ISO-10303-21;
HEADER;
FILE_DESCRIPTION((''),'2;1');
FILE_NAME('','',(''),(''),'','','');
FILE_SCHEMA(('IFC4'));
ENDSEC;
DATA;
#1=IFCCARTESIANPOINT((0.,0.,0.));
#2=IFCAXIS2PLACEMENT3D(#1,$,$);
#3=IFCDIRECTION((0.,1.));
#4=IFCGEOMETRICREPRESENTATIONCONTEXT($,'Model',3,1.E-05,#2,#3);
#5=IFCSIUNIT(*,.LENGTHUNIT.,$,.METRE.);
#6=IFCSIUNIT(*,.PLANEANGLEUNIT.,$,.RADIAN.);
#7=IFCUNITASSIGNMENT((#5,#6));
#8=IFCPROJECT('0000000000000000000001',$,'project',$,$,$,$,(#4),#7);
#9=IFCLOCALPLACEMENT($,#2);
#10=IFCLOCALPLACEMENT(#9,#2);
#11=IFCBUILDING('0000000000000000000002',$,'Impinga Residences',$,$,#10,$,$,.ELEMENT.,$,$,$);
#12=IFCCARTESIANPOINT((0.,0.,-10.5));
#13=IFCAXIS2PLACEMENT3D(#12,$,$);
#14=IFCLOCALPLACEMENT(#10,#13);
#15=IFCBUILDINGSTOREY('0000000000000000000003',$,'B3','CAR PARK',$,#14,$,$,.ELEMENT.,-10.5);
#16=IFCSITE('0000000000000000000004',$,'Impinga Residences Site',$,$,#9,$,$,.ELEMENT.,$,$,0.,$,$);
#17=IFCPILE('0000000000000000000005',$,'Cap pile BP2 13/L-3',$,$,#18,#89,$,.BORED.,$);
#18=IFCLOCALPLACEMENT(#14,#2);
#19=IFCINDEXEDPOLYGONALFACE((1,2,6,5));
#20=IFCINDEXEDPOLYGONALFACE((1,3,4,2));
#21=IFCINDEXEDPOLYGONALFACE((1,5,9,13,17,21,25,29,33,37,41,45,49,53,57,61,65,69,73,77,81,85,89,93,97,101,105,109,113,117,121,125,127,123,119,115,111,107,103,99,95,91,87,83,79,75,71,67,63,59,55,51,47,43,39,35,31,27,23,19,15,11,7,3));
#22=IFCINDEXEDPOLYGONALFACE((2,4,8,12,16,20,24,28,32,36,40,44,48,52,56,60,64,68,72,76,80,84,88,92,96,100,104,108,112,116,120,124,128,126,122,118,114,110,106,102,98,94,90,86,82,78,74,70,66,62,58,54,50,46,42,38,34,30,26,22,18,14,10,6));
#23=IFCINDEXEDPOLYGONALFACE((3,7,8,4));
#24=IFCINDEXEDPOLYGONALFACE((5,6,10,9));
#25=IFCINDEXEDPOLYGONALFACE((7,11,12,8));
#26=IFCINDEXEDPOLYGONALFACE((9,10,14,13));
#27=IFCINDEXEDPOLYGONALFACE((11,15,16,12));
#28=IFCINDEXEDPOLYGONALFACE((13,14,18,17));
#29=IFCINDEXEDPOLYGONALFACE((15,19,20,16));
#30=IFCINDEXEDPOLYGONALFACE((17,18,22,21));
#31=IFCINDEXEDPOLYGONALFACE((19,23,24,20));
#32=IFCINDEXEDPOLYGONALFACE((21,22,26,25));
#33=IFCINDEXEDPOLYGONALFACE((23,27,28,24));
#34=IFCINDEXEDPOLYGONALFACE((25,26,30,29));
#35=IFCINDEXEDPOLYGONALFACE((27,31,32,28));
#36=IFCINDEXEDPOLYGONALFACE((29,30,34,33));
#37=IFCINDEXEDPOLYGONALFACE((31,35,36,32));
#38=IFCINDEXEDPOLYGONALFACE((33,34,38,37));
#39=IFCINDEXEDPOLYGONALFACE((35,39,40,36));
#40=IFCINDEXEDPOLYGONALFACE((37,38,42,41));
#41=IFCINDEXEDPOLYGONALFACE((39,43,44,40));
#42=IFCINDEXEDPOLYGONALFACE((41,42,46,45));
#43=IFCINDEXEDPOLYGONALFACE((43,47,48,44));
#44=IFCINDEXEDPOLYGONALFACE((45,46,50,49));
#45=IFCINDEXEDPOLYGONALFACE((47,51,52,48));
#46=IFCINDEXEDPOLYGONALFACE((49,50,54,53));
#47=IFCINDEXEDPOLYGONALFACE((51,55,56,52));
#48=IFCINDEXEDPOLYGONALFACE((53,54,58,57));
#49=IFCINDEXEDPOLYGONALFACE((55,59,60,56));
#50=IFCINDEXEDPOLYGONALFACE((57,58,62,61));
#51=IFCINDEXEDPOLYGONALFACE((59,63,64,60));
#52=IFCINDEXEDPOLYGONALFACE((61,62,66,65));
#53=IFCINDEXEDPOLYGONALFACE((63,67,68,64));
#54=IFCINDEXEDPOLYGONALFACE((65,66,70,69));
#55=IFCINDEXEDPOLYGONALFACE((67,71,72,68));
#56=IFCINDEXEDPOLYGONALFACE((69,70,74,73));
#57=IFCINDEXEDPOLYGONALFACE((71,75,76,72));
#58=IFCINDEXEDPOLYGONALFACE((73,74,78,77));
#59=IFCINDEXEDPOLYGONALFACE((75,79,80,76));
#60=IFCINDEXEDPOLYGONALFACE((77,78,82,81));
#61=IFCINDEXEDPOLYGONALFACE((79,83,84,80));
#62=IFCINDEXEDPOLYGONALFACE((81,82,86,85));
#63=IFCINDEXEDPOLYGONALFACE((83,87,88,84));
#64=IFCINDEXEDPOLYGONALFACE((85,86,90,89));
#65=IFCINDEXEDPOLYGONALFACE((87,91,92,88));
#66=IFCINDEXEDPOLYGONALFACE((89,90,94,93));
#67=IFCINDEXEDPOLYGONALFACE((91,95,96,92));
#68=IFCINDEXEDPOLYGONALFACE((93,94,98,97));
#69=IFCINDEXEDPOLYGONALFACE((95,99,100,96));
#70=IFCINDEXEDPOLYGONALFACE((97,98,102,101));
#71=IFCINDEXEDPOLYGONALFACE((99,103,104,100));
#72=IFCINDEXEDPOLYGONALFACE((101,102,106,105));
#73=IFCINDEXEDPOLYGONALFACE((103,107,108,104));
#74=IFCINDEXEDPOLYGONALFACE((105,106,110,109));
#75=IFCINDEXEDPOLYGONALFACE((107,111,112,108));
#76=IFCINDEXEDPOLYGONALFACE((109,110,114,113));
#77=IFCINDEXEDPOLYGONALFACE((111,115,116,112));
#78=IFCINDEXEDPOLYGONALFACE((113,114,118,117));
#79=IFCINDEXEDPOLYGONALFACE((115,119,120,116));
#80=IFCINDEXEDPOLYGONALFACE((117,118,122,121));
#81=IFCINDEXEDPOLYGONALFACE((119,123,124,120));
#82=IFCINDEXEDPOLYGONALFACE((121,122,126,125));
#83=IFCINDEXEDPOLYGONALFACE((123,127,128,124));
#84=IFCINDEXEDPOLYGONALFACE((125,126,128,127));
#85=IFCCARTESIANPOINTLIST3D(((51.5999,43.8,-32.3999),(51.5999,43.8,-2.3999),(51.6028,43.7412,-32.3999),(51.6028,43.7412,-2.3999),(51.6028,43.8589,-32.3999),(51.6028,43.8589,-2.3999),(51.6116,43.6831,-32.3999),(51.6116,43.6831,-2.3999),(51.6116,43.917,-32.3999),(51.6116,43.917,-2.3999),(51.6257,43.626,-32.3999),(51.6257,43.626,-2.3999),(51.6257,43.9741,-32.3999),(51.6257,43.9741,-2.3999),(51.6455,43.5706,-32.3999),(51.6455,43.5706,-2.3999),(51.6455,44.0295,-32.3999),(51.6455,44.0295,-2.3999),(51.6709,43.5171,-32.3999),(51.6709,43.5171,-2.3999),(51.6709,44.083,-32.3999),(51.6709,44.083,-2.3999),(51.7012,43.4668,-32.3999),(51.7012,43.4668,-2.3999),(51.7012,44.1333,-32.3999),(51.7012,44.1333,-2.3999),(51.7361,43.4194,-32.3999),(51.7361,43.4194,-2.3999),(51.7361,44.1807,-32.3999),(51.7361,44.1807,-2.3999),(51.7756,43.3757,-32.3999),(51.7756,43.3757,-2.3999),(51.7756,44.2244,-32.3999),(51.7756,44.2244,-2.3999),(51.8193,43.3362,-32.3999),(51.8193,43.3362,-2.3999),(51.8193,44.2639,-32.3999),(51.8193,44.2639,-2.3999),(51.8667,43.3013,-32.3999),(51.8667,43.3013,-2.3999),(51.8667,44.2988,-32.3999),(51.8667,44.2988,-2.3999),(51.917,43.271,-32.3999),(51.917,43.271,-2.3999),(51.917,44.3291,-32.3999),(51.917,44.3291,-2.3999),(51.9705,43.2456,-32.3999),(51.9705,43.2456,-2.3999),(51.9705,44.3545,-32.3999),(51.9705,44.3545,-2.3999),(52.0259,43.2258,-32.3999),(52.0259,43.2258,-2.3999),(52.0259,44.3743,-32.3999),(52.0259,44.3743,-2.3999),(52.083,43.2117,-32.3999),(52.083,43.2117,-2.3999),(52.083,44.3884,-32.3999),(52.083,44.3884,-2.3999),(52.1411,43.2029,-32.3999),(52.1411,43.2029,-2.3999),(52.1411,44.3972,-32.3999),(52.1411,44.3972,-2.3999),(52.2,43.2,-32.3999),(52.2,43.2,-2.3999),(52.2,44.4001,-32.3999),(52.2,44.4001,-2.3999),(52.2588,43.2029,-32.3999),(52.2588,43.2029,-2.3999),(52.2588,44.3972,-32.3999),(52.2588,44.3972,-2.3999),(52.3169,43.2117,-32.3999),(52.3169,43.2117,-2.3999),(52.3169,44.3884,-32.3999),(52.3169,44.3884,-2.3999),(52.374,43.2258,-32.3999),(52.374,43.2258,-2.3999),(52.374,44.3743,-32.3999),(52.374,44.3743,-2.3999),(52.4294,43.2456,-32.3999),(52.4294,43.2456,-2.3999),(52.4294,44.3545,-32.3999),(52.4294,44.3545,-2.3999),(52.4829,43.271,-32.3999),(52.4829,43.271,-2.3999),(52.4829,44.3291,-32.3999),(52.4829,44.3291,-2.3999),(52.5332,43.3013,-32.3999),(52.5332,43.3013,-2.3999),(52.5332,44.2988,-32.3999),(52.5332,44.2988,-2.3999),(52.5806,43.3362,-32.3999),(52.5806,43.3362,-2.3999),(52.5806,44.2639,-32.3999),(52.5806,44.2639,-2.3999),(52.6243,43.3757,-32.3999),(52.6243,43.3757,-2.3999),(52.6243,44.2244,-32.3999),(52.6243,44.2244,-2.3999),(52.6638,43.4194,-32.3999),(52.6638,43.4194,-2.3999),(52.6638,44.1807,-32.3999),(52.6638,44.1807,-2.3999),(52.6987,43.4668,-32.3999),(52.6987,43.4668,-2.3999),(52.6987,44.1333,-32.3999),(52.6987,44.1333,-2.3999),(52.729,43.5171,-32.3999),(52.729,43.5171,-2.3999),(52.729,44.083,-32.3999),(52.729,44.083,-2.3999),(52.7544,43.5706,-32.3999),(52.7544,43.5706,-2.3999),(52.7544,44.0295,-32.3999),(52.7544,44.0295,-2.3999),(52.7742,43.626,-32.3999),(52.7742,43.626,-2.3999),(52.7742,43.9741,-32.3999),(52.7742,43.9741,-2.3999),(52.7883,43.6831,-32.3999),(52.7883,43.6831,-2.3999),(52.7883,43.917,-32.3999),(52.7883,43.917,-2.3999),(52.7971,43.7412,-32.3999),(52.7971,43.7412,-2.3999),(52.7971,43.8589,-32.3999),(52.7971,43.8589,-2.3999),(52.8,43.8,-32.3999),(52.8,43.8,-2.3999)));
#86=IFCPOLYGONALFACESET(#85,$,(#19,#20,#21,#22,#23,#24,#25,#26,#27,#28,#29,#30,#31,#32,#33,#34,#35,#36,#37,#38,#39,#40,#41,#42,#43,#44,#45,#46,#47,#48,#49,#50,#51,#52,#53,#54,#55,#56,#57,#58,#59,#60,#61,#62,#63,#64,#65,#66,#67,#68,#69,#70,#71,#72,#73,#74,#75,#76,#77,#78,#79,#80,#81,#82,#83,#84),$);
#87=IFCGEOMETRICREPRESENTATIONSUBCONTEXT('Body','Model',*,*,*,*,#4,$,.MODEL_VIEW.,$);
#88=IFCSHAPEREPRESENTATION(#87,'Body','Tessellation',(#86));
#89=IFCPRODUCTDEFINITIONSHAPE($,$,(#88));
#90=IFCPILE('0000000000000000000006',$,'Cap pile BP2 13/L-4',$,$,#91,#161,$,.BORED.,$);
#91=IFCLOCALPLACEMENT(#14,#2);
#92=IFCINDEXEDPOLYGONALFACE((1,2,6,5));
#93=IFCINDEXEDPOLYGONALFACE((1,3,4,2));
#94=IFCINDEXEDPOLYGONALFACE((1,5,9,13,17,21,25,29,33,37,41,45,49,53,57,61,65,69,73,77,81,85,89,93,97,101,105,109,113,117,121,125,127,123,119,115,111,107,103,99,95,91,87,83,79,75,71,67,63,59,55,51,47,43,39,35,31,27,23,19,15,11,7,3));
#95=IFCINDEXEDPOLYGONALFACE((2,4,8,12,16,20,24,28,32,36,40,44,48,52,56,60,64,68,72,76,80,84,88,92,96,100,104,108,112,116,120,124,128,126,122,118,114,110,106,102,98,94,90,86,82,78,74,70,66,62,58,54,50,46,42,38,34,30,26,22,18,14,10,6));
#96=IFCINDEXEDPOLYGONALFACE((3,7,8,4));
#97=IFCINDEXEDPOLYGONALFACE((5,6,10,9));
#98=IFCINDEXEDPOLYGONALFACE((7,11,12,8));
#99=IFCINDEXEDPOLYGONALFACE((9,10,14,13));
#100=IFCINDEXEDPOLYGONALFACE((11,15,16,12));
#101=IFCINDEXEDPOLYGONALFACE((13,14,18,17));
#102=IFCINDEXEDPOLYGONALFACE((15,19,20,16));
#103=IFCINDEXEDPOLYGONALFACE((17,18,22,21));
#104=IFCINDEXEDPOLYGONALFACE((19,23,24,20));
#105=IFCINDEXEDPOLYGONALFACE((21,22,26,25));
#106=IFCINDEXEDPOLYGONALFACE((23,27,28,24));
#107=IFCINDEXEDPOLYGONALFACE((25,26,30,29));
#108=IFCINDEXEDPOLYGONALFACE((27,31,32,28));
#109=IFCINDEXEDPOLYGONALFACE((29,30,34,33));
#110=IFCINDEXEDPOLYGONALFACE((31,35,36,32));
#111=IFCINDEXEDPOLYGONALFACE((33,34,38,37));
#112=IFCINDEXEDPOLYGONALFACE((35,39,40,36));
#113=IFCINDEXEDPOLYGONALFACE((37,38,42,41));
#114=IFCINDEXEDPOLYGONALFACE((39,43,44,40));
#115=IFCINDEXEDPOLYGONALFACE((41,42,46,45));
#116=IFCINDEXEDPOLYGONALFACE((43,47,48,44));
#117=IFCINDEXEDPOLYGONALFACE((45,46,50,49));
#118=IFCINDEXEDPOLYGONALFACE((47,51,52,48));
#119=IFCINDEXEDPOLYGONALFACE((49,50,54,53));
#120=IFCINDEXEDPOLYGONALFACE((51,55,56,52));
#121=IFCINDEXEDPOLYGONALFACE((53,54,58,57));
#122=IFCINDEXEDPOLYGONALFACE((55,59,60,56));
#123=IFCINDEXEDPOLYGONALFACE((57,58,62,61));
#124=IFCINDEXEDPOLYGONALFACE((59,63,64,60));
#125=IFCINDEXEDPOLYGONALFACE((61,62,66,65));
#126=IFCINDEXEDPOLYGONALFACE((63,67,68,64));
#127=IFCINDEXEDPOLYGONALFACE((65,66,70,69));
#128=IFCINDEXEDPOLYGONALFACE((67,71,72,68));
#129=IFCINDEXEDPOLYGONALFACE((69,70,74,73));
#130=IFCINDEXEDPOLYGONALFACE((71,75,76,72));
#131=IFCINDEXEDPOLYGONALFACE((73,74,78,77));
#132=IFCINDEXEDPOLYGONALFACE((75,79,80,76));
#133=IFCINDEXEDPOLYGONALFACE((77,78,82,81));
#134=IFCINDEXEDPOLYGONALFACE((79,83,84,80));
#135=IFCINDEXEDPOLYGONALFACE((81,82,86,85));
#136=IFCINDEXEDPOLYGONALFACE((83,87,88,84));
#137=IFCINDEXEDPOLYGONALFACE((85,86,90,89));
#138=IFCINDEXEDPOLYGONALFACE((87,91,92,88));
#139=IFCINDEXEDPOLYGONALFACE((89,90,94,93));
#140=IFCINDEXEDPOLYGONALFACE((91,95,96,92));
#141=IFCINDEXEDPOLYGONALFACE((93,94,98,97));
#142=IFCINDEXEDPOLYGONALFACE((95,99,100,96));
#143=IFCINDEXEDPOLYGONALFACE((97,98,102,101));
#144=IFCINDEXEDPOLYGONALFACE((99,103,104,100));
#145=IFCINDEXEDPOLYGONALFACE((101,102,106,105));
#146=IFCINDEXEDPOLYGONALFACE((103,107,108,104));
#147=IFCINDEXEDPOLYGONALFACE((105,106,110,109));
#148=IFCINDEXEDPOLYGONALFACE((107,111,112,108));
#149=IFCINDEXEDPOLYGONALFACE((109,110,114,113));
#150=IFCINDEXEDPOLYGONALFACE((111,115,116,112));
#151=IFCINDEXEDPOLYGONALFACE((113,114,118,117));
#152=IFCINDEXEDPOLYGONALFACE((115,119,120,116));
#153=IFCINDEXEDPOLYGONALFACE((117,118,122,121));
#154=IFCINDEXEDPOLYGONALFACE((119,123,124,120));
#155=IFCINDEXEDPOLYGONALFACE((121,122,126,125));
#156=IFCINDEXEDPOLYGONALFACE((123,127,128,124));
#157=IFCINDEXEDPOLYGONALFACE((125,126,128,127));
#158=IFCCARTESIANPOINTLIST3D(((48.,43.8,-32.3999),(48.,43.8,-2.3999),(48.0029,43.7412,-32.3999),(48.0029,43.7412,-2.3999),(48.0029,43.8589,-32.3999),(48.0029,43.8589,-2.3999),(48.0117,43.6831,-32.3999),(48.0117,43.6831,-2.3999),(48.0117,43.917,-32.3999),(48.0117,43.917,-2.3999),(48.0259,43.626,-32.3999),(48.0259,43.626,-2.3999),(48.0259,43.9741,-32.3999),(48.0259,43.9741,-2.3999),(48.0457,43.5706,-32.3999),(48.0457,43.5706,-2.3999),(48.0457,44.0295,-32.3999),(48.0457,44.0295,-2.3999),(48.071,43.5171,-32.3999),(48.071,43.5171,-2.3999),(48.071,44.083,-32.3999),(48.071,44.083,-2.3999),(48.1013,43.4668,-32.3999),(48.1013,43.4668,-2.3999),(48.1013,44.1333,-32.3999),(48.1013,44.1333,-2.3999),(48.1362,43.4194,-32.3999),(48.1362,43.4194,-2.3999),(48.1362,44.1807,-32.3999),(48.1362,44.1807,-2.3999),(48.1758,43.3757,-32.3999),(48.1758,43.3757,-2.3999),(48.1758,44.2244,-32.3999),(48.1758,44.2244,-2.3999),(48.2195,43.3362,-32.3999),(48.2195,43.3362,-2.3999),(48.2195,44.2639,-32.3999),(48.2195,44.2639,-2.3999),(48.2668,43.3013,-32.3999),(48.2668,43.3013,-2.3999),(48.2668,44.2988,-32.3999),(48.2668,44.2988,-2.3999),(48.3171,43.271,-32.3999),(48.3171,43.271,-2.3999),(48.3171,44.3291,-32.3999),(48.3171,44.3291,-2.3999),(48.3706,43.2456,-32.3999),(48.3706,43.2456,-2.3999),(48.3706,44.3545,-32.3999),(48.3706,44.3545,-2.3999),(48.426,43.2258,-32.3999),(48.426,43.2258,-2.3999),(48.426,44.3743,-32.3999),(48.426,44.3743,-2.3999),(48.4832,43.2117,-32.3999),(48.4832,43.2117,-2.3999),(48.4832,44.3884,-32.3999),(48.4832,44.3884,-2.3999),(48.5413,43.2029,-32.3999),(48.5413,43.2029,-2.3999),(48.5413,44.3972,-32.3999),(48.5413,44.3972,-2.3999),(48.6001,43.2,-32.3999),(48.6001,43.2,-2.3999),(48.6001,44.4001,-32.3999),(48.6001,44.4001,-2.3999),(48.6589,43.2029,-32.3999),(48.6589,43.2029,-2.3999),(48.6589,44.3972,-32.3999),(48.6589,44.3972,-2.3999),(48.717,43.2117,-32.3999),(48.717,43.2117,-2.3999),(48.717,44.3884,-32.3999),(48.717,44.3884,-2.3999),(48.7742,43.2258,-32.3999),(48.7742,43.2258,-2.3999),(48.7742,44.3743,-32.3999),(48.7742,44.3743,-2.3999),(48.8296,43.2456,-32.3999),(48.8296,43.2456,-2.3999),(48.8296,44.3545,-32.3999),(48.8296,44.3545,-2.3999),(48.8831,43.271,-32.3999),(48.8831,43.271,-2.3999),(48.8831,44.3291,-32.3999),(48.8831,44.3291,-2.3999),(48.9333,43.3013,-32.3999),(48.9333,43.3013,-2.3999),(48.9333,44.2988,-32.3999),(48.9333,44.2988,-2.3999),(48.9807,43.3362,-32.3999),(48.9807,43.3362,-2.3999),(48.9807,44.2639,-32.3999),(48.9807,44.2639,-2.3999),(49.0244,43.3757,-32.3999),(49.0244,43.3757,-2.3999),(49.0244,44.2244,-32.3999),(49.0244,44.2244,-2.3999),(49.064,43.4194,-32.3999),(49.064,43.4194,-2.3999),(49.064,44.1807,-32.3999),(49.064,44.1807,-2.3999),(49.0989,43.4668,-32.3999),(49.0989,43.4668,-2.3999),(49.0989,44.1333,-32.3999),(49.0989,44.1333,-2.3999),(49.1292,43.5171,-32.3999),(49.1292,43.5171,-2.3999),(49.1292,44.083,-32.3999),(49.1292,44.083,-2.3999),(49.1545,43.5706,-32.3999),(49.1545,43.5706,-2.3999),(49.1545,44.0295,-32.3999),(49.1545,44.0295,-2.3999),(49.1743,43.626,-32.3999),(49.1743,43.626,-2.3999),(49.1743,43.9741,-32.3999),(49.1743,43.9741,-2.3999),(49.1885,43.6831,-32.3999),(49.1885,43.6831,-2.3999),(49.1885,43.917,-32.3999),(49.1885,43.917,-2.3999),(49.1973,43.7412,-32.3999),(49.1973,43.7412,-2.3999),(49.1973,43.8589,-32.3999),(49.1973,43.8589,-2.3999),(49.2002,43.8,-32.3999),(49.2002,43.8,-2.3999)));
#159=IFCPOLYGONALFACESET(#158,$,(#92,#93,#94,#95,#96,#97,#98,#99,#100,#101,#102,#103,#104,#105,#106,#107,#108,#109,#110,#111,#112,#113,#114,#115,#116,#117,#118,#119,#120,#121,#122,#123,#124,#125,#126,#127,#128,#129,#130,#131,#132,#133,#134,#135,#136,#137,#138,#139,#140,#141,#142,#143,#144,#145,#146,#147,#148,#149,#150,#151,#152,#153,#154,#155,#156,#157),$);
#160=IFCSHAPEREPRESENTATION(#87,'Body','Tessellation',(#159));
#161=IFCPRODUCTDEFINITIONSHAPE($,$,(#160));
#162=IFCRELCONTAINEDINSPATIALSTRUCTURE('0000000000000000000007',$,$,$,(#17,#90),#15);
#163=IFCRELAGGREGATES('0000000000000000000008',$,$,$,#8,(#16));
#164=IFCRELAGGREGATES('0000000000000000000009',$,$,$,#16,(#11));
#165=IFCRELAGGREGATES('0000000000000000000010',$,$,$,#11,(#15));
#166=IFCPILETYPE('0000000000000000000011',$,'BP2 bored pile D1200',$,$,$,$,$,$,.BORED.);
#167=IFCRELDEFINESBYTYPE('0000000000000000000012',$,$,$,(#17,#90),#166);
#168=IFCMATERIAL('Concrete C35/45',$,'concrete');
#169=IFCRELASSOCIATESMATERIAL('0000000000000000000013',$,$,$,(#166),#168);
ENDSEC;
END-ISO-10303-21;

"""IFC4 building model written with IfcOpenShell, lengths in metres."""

from ifc_helpers import new_model, si_unit, direction, frame, origin, origin_2d, place, context, subcontext, project, spatial, polyline, circle, outline, extrude, material, material_profile, profile_set, type_object, element, save


model = new_model("IFC4")

# Units and contexts
model_context = context("Model", 3, precision=1e-05, world=origin(), true_north=direction((0.0, 1.0)))
body_context = subcontext(model_context, "Body", "Model", "MODEL_VIEW")
ifc_project = project(units=[si_unit("LENGTHUNIT", "METRE"), si_unit("PLANEANGLEUNIT", "RADIAN")], contexts=[model_context])

# Site, building, storey
site_placement = place(None, origin())
site = spatial("IfcSite", under=ifc_project, at=site_placement, Name="Impinga Residences Site", CompositionType="ELEMENT", RefElevation=0.0)
building_placement = place(site_placement, origin())
building = spatial("IfcBuilding", under=site, at=building_placement, Name="Impinga Residences", CompositionType="ELEMENT")
storey_placement = place(building_placement, frame((0.0, 0.0, -10.5)))
storey = spatial("IfcBuildingStorey", under=building, at=storey_placement, Name="B3", Description="CAR PARK", CompositionType="ELEMENT", Elevation=-10.5)

# Piles
ifc_material_1 = material(Name="Concrete C35/45", Category="concrete")
ifc_material_profile_1 = material_profile(ifc_material_1, circle(Radius=0.6001, at=origin_2d()), Name="D1200")
ifc_profile_set_1 = profile_set([ifc_material_profile_1], Name="Concrete C35/45")
pile_type = type_object("IfcPileType", Name="BP2 bored pile D1200", PredefinedType="BORED", material=ifc_profile_set_1)
pile_1_placement = place(storey_placement, frame((52.2, 43.8, -2.3999), z_axis=(0.0, 0.0, -1.0), x_axis=(1.0, 0.0, 0.0)))
element("IfcPile", 1, at=pile_1_placement, inside=storey, type_object=pile_type, Name="Cap pile BP2 13/L-3", PredefinedType="BORED", context=body_context, shape_type="SweptSolid", body=[
    extrude(outline(polyline([(0.6001, 0.0), (0.5972, 0.0588), (0.5884, 0.1169), (0.5742, 0.1741), (0.5544, 0.2295), (0.5291, 0.283), (0.4988, 0.3333), (0.4639, 0.3806), (0.4243, 0.4243), (0.3806, 0.4639), (0.3333, 0.4988), (0.283, 0.5291), (0.2295, 0.5544), (0.1741, 0.5742), (0.1169, 0.5884), (0.0588, 0.5972), (0.0, 0.6001), (-0.0588, 0.5972), (-0.1169, 0.5884), (-0.1741, 0.5742), (-0.2295, 0.5544), (-0.283, 0.5291), (-0.3333, 0.4988), (-0.3806, 0.4639), (-0.4243, 0.4243), (-0.4639, 0.3806), (-0.4988, 0.3333), (-0.5291, 0.283), (-0.5544, 0.2295), (-0.5742, 0.1741), (-0.5884, 0.1169), (-0.5972, 0.0588), (-0.6001, 0.0), (-0.5972, -0.0588), (-0.5884, -0.1169), (-0.5742, -0.1741), (-0.5544, -0.2295), (-0.5291, -0.283), (-0.4988, -0.3333), (-0.4639, -0.3806), (-0.4243, -0.4243), (-0.3806, -0.4639), (-0.3333, -0.4988), (-0.283, -0.5291), (-0.2295, -0.5544), (-0.1741, -0.5742), (-0.1169, -0.5884), (-0.0588, -0.5972), (0.0, -0.6001), (0.0588, -0.5972), (0.1169, -0.5884), (0.1741, -0.5742), (0.2295, -0.5544), (0.283, -0.5291), (0.3333, -0.4988), (0.3806, -0.4639), (0.4243, -0.4243), (0.4639, -0.3806), (0.4988, -0.3333), (0.5291, -0.283), (0.5544, -0.2295), (0.5742, -0.1741), (0.5884, -0.1169), (0.5972, -0.0588), (0.6001, 0.0)])), origin(), (0.0, 0.0, 1.0), 30.0),
])
pile_2_placement = place(storey_placement, frame((48.6001, 43.8, -2.3999), z_axis=(0.0, 0.0, -1.0), x_axis=(1.0, 0.0, 0.0)))
element("IfcPile", 2, at=pile_2_placement, inside=storey, type_object=pile_type, Name="Cap pile BP2 13/L-4", PredefinedType="BORED", context=body_context, shape_type="SweptSolid", body=[
    extrude(outline(polyline([(0.6001, 0.0), (0.5972, 0.0588), (0.5884, 0.1169), (0.5742, 0.1741), (0.5544, 0.2295), (0.5291, 0.283), (0.4988, 0.3333), (0.4639, 0.3806), (0.4243, 0.4243), (0.3806, 0.4639), (0.3333, 0.4988), (0.283, 0.5291), (0.2295, 0.5544), (0.1741, 0.5742), (0.1169, 0.5884), (0.0588, 0.5972), (0.0, 0.6001), (-0.0588, 0.5972), (-0.1169, 0.5884), (-0.1741, 0.5742), (-0.2295, 0.5544), (-0.283, 0.5291), (-0.3333, 0.4988), (-0.3806, 0.4639), (-0.4243, 0.4243), (-0.4639, 0.3806), (-0.4988, 0.3333), (-0.5291, 0.283), (-0.5544, 0.2295), (-0.5742, 0.1741), (-0.5884, 0.1169), (-0.5972, 0.0588), (-0.6001, 0.0), (-0.5972, -0.0588), (-0.5884, -0.1169), (-0.5742, -0.1741), (-0.5544, -0.2295), (-0.5291, -0.283), (-0.4988, -0.3333), (-0.4639, -0.3806), (-0.4243, -0.4243), (-0.3806, -0.4639), (-0.3333, -0.4988), (-0.283, -0.5291), (-0.2295, -0.5544), (-0.1741, -0.5742), (-0.1169, -0.5884), (-0.0588, -0.5972), (0.0, -0.6001), (0.0588, -0.5972), (0.1169, -0.5884), (0.1741, -0.5742), (0.2295, -0.5544), (0.283, -0.5291), (0.3333, -0.4988), (0.3806, -0.4639), (0.4243, -0.4243), (0.4639, -0.3806), (0.4988, -0.3333), (0.5291, -0.283), (0.5544, -0.2295), (0.5742, -0.1741), (0.5884, -0.1169), (0.5972, -0.0588), (0.6001, 0.0)])), origin(), (0.0, 0.0, 1.0), 30.0),
])

save(model, "model.ifc")
